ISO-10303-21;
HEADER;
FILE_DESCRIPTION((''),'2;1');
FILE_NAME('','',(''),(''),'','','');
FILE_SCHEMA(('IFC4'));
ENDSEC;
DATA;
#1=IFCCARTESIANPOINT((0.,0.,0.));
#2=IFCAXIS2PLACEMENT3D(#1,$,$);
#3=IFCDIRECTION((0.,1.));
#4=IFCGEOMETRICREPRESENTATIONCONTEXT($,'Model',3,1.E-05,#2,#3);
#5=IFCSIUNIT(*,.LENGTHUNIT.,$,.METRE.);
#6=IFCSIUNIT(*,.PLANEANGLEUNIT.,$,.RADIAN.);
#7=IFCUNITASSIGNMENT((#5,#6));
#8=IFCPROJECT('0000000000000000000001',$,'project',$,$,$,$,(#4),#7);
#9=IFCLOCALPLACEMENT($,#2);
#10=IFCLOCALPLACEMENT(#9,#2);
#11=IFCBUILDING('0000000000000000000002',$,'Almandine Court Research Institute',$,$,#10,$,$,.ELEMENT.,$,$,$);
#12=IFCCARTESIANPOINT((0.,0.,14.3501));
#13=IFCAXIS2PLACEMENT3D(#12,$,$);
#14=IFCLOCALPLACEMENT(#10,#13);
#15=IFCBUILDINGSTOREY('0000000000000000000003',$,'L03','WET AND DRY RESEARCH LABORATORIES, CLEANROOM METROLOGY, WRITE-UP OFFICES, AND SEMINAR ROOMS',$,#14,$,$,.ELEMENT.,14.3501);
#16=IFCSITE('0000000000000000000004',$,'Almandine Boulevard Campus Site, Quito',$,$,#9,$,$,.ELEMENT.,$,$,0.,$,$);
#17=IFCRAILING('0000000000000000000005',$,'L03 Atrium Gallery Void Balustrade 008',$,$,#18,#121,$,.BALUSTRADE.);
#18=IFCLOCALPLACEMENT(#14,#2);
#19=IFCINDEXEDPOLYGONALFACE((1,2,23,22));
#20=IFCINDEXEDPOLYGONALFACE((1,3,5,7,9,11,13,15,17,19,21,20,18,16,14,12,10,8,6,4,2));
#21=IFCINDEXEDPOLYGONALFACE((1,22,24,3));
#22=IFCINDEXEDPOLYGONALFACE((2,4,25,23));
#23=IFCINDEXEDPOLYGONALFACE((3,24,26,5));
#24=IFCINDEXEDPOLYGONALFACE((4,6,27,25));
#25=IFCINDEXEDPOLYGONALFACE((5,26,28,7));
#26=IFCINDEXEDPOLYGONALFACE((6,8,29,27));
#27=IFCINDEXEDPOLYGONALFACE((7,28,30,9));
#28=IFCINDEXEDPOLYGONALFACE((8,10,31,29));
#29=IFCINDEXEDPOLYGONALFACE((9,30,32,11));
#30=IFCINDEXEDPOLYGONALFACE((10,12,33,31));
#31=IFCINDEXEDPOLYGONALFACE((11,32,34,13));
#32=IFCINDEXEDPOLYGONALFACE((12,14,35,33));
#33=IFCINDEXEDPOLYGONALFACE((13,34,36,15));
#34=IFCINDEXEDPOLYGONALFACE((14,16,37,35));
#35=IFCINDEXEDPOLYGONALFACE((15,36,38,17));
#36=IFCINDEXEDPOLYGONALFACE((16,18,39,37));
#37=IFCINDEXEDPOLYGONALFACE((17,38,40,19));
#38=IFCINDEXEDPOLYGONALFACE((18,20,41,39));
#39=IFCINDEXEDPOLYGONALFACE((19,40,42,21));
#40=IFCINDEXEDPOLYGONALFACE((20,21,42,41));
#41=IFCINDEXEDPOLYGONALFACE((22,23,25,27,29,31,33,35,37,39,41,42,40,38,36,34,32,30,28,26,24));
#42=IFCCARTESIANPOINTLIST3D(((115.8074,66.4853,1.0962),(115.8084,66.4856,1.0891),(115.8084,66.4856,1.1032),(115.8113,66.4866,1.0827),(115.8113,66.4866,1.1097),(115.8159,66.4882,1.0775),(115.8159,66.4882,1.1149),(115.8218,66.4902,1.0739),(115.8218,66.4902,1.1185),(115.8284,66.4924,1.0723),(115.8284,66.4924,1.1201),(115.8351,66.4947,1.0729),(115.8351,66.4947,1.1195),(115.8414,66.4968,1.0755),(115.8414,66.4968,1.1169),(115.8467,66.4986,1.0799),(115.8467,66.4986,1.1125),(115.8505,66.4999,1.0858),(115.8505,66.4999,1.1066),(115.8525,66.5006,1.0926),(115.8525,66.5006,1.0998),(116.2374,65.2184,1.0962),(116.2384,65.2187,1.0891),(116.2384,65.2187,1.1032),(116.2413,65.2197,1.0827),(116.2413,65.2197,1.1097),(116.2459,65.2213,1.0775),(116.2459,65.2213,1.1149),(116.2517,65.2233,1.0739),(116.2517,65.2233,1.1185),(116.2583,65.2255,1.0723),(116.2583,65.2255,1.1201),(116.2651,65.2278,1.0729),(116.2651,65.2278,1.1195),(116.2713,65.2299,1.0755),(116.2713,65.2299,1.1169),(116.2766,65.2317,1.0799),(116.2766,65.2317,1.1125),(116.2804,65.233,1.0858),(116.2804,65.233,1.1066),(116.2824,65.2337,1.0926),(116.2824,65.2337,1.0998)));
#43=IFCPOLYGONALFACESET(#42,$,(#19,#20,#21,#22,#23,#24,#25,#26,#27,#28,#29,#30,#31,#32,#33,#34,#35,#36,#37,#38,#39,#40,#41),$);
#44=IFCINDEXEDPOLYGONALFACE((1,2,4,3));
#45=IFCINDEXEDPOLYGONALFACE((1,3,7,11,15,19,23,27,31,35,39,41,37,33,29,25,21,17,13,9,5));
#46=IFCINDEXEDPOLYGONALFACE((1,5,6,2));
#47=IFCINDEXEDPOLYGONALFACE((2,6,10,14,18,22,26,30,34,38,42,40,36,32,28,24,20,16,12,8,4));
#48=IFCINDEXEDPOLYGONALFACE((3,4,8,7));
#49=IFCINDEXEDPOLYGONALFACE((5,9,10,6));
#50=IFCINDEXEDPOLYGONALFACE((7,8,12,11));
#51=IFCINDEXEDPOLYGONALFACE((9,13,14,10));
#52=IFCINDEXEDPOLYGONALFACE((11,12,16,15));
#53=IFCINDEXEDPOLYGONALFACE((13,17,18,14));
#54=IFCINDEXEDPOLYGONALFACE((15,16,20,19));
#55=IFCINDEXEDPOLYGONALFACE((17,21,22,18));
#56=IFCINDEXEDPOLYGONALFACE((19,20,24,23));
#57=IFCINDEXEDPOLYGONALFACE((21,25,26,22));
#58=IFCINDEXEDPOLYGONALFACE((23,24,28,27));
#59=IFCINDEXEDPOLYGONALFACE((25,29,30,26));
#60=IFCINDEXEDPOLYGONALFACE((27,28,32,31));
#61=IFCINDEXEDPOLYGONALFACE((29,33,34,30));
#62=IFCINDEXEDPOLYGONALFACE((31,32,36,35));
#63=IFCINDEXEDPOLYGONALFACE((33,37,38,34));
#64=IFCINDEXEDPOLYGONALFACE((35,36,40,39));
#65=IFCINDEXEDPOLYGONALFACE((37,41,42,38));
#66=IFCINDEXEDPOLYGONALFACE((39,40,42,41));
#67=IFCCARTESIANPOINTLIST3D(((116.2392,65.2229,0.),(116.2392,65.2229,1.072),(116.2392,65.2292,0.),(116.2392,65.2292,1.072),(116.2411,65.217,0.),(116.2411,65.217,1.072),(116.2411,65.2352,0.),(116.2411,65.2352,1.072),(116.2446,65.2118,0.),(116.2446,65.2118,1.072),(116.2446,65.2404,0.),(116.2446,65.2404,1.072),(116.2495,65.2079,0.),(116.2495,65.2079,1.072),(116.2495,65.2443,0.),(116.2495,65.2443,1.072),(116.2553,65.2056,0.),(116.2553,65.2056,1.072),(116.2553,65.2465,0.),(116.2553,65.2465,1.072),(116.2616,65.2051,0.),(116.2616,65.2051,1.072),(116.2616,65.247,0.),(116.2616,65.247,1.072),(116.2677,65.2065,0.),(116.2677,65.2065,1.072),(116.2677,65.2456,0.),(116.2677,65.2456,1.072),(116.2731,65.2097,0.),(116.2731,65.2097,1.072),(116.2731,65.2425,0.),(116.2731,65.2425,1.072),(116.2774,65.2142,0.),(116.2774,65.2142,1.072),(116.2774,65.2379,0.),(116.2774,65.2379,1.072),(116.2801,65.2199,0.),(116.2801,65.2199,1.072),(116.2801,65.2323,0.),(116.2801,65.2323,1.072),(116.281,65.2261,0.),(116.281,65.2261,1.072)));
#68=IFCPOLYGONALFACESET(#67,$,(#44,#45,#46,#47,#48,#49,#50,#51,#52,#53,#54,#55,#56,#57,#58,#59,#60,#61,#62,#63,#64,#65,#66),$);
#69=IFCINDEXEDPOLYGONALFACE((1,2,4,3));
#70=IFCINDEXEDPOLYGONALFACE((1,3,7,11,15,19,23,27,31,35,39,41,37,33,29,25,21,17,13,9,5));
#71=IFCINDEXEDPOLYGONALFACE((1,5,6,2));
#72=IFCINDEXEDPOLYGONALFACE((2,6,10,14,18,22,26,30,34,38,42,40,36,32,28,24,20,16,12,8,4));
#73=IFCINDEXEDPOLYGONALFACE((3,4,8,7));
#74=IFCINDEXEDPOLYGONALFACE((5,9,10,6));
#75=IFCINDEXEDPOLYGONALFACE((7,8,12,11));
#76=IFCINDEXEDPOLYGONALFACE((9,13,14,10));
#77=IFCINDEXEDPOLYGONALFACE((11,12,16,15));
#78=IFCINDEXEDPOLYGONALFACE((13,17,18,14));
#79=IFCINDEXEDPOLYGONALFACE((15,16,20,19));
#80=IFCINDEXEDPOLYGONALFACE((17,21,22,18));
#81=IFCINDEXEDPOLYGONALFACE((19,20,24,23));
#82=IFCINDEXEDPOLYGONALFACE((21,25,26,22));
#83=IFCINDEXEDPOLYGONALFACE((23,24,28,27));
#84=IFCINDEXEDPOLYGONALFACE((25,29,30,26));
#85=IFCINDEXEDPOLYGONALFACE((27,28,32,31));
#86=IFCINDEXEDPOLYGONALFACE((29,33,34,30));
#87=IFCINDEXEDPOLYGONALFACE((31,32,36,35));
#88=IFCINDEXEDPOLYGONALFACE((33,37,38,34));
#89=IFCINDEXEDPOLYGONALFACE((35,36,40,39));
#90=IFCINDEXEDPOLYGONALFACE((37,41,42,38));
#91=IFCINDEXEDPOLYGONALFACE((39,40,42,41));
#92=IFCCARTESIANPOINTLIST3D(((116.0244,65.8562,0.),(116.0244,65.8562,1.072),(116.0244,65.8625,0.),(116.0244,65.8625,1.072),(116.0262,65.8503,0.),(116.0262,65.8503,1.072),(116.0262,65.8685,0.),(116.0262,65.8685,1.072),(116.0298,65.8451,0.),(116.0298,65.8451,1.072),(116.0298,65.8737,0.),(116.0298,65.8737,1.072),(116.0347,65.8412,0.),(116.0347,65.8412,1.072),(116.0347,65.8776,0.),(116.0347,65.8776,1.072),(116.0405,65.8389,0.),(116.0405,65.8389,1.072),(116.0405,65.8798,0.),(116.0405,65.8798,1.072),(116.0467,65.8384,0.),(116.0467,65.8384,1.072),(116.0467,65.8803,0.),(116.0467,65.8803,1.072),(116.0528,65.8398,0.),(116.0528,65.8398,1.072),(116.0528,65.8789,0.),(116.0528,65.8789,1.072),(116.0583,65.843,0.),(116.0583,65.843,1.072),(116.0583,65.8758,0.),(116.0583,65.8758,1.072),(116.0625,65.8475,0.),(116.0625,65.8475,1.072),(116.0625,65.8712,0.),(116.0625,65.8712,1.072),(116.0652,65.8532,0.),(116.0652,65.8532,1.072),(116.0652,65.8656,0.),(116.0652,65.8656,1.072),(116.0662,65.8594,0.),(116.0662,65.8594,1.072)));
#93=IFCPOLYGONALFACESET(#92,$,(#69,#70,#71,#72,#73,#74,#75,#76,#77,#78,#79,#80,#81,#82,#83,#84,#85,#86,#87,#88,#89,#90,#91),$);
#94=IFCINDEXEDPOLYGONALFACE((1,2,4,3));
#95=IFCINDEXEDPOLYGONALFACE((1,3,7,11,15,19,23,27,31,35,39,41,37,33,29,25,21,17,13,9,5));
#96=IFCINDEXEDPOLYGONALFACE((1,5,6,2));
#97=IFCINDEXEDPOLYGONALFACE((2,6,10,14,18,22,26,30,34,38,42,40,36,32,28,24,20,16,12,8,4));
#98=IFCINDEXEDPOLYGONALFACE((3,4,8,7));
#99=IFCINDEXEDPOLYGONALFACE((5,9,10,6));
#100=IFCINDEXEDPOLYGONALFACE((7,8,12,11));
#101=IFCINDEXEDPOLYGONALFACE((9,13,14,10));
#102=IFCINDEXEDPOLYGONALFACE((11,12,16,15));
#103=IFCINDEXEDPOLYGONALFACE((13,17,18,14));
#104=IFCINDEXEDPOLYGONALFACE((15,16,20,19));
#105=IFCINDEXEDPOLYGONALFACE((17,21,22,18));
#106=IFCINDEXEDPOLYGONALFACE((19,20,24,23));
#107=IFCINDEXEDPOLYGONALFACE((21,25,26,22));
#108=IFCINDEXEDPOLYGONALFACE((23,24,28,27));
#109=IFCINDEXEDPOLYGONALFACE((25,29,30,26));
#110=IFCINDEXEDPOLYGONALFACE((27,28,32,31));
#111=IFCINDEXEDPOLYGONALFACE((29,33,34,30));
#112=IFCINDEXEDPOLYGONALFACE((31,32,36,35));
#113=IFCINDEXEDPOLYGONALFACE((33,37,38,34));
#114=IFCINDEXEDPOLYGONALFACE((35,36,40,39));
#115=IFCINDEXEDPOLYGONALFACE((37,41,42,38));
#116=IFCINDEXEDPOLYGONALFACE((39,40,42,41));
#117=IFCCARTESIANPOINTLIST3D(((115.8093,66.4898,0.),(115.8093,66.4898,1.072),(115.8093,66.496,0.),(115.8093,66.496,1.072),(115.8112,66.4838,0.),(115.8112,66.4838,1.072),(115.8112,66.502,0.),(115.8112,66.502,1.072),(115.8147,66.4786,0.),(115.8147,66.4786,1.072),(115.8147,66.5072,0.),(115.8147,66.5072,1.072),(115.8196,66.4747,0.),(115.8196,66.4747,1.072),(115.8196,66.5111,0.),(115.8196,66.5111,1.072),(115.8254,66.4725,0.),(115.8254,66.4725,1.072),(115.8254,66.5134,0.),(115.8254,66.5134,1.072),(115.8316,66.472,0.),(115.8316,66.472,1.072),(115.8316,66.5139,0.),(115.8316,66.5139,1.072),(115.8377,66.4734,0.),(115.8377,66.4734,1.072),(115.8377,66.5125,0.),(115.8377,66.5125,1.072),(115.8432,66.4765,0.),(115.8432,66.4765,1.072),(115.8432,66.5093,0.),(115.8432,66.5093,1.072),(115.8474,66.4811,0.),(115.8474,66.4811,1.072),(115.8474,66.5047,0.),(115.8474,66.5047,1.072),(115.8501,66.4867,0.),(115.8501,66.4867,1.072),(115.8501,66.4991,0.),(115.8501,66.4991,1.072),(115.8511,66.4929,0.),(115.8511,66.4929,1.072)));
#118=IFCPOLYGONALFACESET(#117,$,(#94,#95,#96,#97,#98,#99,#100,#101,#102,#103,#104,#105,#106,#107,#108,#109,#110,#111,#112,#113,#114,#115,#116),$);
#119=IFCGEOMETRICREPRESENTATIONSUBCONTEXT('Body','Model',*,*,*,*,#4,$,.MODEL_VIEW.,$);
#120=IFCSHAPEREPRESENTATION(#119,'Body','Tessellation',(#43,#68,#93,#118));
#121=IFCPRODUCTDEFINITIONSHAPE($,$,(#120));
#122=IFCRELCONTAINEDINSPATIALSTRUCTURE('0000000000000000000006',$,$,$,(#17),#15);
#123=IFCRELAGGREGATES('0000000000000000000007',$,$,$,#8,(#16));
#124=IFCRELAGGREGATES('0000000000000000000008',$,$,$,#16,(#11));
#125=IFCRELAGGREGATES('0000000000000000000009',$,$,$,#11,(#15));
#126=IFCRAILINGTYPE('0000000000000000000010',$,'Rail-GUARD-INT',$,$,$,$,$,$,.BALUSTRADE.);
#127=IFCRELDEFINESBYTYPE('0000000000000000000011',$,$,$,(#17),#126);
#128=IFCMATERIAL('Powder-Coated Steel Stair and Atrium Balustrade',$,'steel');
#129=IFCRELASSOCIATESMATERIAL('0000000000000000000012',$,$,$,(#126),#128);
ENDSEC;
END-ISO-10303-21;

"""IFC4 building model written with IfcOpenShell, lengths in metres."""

from ifc_helpers import new_model, si_unit, direction, frame, origin, origin_2d, place, context, subcontext, project, spatial, circle, extrude, material, type_object, element, save


model = new_model("IFC4")

# Units and contexts
model_context = context("Model", 3, precision=1e-05, world=origin(), true_north=direction((0.0, 1.0)))
body_context = subcontext(model_context, "Body", "Model", "MODEL_VIEW")
ifc_project = project(units=[si_unit("LENGTHUNIT", "METRE"), si_unit("PLANEANGLEUNIT", "RADIAN")], contexts=[model_context])

# Site, building, storey
site_placement = place(None, origin())
site = spatial("IfcSite", under=ifc_project, at=site_placement, Name="Almandine Boulevard Campus Site, Quito", CompositionType="ELEMENT", RefElevation=0.0)
building_placement = place(site_placement, origin())
building = spatial("IfcBuilding", under=site, at=building_placement, Name="Almandine Court Research Institute", CompositionType="ELEMENT")
storey_placement = place(building_placement, frame((0.0, 0.0, 14.3501)))
storey = spatial("IfcBuildingStorey", under=building, at=storey_placement, Name="L03", Description="WET AND DRY RESEARCH LABORATORIES, CLEANROOM METROLOGY, WRITE-UP OFFICES, AND SEMINAR ROOMS", CompositionType="ELEMENT", Elevation=14.3501)

# Railing
ifc_material_1 = material(Name="Powder-Coated Steel Stair and Atrium Balustrade", Category="steel")
railing_type = type_object("IfcRailingType", Name="Rail-GUARD-INT", PredefinedType="BALUSTRADE", material=ifc_material_1)
railing_1_placement = place(storey_placement, frame((116.26, 65.2261, 0.0)))
element("IfcRailing", 1, at=railing_1_placement, inside=storey, type_object=railing_type, Name="L03 Atrium Gallery Void Balustrade 008", PredefinedType="BALUSTRADE", context=body_context, shape_type="SweptSolid", body=[
    extrude(circle(Radius=0.0239, at=origin_2d()), frame((0.0, 0.0, 1.0962), z_axis=(-0.321369, 0.946954, 0.0), x_axis=(-0.946954, -0.321369, 0.0)), (0.0, 0.0, 1.0), 1.3379),
    extrude(circle(Radius=0.021, at=origin_2d()), origin(), (0.0, 0.0, 1.0), 1.072),
    extrude(circle(Radius=0.021, at=origin_2d()), frame((-0.2148, 0.6333, 0.0)), (0.0, 0.0, 1.0), 1.072),
    extrude(circle(Radius=0.021, at=origin_2d()), frame((-0.4299, 1.2668, 0.0)), (0.0, 0.0, 1.0), 1.072),
])

save(model, "model.ifc")
